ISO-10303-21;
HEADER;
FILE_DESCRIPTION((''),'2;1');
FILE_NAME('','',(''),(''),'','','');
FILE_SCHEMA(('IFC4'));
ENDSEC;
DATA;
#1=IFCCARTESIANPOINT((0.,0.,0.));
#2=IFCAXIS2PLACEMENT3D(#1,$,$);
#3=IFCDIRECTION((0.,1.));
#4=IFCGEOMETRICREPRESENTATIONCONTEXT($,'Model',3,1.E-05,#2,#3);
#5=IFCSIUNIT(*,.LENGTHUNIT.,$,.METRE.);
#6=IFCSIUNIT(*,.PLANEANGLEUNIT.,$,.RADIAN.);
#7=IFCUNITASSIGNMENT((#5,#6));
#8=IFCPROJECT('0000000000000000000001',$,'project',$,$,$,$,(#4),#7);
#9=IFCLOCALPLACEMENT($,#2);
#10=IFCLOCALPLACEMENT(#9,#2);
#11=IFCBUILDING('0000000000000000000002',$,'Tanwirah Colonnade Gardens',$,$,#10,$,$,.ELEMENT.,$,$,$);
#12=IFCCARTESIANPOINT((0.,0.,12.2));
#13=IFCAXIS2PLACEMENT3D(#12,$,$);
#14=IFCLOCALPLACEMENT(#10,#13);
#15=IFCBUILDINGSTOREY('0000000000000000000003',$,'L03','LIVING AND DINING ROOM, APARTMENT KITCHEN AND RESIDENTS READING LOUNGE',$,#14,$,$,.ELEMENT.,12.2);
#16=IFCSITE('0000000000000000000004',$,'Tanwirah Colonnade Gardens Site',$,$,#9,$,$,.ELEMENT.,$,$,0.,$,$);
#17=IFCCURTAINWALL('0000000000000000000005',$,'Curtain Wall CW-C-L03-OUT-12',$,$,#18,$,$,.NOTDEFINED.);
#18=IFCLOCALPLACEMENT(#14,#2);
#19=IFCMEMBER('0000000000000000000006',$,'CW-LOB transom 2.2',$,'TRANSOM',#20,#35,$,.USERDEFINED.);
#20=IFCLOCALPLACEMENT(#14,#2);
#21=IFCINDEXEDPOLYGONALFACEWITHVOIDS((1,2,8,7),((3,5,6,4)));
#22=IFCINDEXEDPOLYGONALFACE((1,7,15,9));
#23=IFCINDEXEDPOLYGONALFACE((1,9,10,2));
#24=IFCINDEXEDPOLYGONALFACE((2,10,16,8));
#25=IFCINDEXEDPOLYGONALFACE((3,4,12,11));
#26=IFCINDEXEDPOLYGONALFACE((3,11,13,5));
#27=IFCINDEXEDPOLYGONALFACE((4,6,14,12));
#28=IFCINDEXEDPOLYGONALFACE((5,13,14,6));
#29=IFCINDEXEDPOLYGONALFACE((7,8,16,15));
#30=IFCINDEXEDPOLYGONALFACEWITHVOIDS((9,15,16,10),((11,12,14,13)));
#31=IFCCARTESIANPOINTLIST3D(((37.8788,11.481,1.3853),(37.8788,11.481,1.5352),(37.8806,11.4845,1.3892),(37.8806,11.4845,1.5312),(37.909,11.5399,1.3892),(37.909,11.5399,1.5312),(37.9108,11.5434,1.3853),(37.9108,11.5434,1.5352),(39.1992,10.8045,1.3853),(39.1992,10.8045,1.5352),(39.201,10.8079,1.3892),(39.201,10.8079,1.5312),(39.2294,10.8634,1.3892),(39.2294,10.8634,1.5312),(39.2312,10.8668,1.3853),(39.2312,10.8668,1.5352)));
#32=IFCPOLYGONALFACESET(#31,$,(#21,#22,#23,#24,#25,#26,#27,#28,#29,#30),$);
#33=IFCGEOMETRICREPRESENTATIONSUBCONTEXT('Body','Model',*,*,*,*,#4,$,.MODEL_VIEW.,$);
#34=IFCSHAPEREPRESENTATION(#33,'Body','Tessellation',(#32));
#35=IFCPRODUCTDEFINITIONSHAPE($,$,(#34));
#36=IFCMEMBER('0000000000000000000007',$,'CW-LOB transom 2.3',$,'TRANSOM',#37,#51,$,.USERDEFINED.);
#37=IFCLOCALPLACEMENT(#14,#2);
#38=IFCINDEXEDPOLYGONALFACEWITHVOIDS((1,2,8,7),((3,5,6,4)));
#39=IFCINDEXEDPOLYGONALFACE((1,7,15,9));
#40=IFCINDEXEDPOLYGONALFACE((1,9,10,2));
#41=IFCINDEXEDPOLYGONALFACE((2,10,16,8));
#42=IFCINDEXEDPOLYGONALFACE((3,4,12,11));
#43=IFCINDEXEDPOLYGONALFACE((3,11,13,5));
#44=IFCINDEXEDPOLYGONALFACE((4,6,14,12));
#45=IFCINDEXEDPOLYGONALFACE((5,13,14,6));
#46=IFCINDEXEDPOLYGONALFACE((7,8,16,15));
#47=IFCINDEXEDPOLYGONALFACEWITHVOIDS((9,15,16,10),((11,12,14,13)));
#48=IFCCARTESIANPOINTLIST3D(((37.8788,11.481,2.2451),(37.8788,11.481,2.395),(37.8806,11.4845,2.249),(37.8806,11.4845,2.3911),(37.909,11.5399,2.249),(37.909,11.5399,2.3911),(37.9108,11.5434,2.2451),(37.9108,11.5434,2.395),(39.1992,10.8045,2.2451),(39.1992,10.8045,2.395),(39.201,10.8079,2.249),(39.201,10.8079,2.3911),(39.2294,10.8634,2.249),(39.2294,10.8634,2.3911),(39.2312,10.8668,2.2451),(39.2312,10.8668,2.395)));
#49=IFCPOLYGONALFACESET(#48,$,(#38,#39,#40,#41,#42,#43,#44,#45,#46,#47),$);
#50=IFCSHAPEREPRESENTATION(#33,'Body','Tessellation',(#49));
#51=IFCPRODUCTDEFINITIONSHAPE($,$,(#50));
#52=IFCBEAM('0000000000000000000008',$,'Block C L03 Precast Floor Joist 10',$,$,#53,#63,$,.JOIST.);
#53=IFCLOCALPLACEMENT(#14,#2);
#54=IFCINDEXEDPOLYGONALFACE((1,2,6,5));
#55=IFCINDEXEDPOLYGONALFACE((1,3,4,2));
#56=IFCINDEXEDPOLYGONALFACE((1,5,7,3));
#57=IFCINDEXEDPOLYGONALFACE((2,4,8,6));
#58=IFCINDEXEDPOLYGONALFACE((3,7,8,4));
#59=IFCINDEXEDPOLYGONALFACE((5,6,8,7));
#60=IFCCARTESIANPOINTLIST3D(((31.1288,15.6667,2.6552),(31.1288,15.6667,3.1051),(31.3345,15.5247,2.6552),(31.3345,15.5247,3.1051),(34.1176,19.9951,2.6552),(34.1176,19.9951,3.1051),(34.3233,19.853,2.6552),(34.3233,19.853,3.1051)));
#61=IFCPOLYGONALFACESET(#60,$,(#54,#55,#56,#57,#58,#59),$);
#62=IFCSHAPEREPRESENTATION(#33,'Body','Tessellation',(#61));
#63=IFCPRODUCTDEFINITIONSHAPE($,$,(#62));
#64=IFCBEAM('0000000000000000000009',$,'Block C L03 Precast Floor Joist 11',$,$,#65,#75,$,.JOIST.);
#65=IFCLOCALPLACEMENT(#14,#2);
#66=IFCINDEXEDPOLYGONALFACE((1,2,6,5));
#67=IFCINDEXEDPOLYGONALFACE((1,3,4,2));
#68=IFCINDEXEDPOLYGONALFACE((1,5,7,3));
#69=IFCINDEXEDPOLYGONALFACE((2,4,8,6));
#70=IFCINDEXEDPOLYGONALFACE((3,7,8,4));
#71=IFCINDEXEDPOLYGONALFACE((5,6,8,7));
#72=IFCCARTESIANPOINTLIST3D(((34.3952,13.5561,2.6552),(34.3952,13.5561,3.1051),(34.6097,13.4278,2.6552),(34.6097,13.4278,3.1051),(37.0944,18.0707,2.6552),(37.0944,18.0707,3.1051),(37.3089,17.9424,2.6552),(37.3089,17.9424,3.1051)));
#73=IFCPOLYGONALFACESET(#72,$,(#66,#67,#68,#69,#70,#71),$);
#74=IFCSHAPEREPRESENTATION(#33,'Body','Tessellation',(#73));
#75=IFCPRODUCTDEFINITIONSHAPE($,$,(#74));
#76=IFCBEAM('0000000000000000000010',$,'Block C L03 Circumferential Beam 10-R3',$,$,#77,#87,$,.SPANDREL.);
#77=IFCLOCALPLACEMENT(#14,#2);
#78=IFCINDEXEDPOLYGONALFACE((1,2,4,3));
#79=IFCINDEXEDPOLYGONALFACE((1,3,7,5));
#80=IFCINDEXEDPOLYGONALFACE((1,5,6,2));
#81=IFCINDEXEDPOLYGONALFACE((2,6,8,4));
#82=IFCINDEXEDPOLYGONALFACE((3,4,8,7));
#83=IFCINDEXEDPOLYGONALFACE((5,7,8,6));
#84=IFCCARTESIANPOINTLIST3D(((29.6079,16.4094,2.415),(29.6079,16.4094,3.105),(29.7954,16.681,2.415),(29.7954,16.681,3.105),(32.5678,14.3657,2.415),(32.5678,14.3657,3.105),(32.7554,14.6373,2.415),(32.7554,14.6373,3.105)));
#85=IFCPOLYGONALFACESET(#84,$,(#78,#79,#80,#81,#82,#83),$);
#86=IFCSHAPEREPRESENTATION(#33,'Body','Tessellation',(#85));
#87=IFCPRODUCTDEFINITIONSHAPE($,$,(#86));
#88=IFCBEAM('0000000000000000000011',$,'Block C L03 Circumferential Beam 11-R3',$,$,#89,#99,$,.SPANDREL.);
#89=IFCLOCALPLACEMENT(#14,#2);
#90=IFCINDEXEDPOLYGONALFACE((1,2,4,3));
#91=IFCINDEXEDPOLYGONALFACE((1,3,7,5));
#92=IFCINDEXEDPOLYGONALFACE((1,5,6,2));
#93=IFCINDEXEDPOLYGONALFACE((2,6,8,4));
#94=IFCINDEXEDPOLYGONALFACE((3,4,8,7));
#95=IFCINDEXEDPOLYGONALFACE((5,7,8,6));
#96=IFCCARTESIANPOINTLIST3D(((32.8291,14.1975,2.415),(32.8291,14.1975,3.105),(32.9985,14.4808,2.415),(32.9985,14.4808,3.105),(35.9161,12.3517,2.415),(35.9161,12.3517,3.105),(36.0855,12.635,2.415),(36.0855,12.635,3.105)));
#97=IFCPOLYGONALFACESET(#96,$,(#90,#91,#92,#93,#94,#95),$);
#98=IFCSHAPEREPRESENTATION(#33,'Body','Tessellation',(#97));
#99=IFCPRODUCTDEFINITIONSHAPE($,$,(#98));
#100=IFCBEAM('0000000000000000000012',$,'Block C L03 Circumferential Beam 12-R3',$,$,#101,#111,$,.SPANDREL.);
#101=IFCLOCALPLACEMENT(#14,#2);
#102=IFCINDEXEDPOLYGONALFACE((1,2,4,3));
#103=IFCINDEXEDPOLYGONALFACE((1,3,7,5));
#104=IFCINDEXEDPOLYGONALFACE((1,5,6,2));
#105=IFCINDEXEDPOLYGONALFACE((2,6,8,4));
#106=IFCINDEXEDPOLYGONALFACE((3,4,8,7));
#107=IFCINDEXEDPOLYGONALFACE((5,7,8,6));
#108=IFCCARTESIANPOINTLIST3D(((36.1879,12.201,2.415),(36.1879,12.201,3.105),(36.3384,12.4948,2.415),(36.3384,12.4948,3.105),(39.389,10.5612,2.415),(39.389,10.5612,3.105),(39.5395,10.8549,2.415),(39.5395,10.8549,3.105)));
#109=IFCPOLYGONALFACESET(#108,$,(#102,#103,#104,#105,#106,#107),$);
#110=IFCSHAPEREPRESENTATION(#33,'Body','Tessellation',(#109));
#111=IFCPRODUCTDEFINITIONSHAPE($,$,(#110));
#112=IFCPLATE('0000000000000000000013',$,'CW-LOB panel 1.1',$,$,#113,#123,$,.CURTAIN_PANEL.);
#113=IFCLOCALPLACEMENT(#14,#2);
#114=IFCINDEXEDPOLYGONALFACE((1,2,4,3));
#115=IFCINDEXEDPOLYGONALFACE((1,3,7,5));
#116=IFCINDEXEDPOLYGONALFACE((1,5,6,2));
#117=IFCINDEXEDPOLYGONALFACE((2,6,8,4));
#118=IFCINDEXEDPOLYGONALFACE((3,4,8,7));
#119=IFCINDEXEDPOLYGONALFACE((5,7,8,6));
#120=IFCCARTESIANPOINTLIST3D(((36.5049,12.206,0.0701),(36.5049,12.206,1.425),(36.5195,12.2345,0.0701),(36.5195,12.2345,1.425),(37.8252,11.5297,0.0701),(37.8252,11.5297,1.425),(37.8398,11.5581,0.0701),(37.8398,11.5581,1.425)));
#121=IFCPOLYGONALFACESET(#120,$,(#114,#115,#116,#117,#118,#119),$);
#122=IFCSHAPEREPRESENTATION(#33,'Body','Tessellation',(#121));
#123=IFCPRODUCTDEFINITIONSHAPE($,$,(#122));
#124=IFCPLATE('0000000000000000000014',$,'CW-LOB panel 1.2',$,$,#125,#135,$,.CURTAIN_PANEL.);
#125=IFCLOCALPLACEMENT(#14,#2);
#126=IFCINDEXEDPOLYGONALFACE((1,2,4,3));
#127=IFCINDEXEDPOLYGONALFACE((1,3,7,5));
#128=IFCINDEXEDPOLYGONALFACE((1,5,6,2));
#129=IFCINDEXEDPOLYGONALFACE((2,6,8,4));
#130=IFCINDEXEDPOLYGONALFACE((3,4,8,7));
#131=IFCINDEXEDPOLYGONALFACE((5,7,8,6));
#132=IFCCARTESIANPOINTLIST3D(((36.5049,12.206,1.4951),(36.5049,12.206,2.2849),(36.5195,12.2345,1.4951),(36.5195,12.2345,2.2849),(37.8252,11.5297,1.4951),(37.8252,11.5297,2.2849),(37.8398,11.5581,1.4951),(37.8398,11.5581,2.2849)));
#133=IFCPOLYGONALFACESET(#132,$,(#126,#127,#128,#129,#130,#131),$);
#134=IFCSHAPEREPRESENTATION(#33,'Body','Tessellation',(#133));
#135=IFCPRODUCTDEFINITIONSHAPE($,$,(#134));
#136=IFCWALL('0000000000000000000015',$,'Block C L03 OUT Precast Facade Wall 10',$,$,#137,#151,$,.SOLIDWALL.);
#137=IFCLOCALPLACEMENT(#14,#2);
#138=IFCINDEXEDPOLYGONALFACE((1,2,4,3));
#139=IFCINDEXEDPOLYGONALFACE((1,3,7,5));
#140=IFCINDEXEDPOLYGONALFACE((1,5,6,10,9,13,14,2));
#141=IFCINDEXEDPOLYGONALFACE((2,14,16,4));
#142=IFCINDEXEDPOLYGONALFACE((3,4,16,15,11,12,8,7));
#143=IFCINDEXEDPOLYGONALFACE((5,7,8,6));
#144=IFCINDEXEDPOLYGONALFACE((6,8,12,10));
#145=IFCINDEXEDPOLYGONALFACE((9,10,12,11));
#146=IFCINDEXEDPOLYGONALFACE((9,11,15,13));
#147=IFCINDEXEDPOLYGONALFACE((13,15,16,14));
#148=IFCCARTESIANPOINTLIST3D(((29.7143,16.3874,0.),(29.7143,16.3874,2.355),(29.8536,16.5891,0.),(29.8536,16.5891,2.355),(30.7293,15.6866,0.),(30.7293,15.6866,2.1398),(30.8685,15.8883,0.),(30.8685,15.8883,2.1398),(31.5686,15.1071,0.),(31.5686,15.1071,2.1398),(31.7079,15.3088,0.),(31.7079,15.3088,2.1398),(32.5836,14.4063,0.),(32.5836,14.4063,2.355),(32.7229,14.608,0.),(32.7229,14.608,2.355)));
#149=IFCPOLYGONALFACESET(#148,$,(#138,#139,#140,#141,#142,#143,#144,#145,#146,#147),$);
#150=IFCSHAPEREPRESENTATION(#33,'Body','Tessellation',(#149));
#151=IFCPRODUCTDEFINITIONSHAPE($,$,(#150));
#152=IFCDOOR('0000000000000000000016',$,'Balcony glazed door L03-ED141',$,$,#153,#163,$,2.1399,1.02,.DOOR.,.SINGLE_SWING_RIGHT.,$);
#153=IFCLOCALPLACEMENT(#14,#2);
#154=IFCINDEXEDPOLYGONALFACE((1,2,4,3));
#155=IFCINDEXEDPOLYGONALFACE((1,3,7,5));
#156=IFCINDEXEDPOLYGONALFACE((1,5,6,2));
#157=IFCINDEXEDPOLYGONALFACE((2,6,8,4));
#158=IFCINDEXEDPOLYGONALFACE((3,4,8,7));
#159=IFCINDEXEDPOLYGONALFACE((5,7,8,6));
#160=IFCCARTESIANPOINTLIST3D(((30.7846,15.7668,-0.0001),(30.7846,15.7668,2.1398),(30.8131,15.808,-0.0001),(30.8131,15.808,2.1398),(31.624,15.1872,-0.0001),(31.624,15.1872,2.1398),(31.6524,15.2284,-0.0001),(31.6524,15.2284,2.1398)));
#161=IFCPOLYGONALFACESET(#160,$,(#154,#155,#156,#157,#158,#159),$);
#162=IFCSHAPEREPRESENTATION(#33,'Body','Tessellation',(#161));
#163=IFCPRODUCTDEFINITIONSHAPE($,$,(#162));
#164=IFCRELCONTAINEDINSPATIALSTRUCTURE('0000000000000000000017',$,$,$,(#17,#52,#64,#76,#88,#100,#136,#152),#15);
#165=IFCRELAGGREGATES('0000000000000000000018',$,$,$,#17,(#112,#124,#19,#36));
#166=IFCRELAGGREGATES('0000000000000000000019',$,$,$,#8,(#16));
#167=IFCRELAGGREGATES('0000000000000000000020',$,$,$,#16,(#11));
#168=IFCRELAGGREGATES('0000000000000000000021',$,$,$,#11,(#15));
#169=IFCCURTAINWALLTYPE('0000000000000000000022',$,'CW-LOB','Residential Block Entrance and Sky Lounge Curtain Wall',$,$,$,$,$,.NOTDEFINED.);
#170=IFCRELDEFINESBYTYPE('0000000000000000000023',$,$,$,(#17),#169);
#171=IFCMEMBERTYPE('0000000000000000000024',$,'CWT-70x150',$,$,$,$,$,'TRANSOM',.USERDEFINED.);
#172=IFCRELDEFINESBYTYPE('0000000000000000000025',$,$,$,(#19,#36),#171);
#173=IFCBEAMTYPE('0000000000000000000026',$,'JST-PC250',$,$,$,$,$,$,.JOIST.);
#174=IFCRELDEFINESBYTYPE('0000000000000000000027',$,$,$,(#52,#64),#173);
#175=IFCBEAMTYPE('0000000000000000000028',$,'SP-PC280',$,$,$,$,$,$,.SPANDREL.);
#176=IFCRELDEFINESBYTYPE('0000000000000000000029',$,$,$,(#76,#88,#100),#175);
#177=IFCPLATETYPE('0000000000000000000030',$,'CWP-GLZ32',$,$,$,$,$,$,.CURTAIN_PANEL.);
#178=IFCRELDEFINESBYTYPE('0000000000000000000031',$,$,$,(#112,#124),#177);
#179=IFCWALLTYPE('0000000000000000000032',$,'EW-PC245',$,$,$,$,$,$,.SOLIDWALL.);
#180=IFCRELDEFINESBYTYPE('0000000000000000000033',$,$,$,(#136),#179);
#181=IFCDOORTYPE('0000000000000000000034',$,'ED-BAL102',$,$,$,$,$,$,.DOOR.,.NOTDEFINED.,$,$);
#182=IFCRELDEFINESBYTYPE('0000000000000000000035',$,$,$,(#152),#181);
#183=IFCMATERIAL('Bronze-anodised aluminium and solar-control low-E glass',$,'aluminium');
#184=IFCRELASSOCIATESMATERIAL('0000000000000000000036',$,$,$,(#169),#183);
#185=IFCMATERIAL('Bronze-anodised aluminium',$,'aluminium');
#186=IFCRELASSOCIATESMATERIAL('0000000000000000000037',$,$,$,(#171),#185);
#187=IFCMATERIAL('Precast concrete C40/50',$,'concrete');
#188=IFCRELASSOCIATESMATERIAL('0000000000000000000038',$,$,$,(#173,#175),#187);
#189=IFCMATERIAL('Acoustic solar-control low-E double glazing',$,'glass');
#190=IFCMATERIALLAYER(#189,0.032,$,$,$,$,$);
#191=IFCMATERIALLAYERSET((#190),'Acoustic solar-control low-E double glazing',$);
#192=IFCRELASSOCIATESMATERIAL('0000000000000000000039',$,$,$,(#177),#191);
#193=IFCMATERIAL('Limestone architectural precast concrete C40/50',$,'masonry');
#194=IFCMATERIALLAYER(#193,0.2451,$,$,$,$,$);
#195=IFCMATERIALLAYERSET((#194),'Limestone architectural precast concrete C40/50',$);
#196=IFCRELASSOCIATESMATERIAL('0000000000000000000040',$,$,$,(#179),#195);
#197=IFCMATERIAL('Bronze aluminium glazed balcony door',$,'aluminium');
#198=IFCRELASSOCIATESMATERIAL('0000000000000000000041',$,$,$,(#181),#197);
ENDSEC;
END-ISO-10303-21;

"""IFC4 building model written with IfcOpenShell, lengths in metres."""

from ifc_helpers import new_model, si_unit, direction, frame, frame_2d, origin, origin_2d, place, context, subcontext, project, spatial, rectangle, hollow_rectangle, extrude, material, layer, layer_set, material_profile, profile_set, type_object, element, fill, aggregate, save


model = new_model("IFC4")

# Units and contexts
model_context = context("Model", 3, precision=1e-05, world=origin(), true_north=direction((0.0, 1.0)))
body_context = subcontext(model_context, "Body", "Model", "MODEL_VIEW")
ifc_project = project(units=[si_unit("LENGTHUNIT", "METRE"), si_unit("PLANEANGLEUNIT", "RADIAN")], contexts=[model_context])

# Site, building, storey
site_placement = place(None, origin())
site = spatial("IfcSite", under=ifc_project, at=site_placement, Name="Tanwirah Colonnade Gardens Site", CompositionType="ELEMENT", RefElevation=0.0)
building_placement = place(site_placement, origin())
building = spatial("IfcBuilding", under=site, at=building_placement, Name="Tanwirah Colonnade Gardens", CompositionType="ELEMENT")
storey_placement = place(building_placement, frame((0.0, 0.0, 12.2)))
storey = spatial("IfcBuildingStorey", under=building, at=storey_placement, Name="L03", Description="LIVING AND DINING ROOM, APARTMENT KITCHEN AND RESIDENTS READING LOUNGE", CompositionType="ELEMENT", Elevation=12.2)

# Shared definitions
ifc_material_1 = material(Name="Precast concrete C40/50", Category="concrete")

# Curtain wall, members
ifc_material_2 = material(Name="Bronze-anodised aluminium and solar-control low-E glass", Category="aluminium")
curtain_wall_type = type_object("IfcCurtainWallType", Name="CW-LOB", Description="Residential Block Entrance and Sky Lounge Curtain Wall", PredefinedType="NOTDEFINED", material=ifc_material_2)
curtain_wall_placement = place(storey_placement, origin())
curtain_wall = element("IfcCurtainWall", 1, at=curtain_wall_placement, inside=storey, type_object=curtain_wall_type, Name="Curtain Wall CW-C-L03-OUT-12", PredefinedType="NOTDEFINED")
ifc_material_3 = material(Name="Bronze-anodised aluminium", Category="aluminium")
ifc_material_profile_1 = material_profile(ifc_material_3, hollow_rectangle(XDim=0.0701, YDim=0.1499, WallThickness=0.0039, at=origin_2d()), Name="CW-TRN 70x150x4")
ifc_profile_set_1 = profile_set([ifc_material_profile_1], Name="Bronze-anodised aluminium")
member_type_1 = type_object("IfcMemberType", Name="CWT-70x150", ElementType="TRANSOM", PredefinedType="USERDEFINED", material=ifc_profile_set_1)
member_1_placement = place(storey_placement, frame((37.8948, 11.5122, 1.4602), z_axis=(0.889973, -0.456013, 0.0), x_axis=(0.456013, 0.889973, 0.0)))
member_1 = element("IfcMember", 2, at=member_1_placement, type_object=member_type_1, Name="CW-LOB transom 2.2", ObjectType="TRANSOM", PredefinedType="USERDEFINED", context=body_context, shape_type="SweptSolid", body=[
    extrude(hollow_rectangle(XDim=0.0701, YDim=0.1499, WallThickness=0.0039, at=origin_2d()), origin(), (0.0, 0.0, 1.0), 1.4836),
])
member_2_placement = place(storey_placement, frame((37.8948, 11.5122, 2.3201), z_axis=(0.889973, -0.456013, 0.0), x_axis=(0.456013, 0.889973, 0.0)))
member_2 = element("IfcMember", 3, at=member_2_placement, type_object=member_type_1, Name="CW-LOB transom 2.3", ObjectType="TRANSOM", PredefinedType="USERDEFINED", context=body_context, shape_type="SweptSolid", body=[
    extrude(hollow_rectangle(XDim=0.0701, YDim=0.1499, WallThickness=0.0039, at=origin_2d()), origin(), (0.0, 0.0, 1.0), 1.4836),
])

# Beams
ifc_material_profile_2 = material_profile(ifc_material_1, rectangle(XDim=0.25, YDim=0.45, at=origin_2d()), Name="PC-JST 250x450")
ifc_profile_set_2 = profile_set([ifc_material_profile_2], Name="Precast concrete C40/50")
beam_type_1 = type_object("IfcBeamType", Name="JST-PC250", PredefinedType="JOIST", material=ifc_profile_set_2)
for number, where, z_axis, x_axis, name in (
    (4, (34.2205, 19.9241, 2.8801), (-0.568208, -0.822885, 0.0), (0.822885, -0.568208, 0.0), "Block C L03 Precast Floor Joist 10"),
    (5, (37.2017, 18.0066, 2.8801), (-0.513157, -0.858295, 0.0), (0.858295, -0.513157, 0.0), "Block C L03 Precast Floor Joist 11"),
):
    element("IfcBeam", number, at=place(storey_placement, frame(where, z_axis=z_axis, x_axis=x_axis)), inside=storey, type_object=beam_type_1, Name=name, PredefinedType="JOIST", context=body_context, shape_type="SweptSolid", body=[
        extrude(rectangle(XDim=0.25, YDim=0.45, at=origin_2d()), origin(), (0.0, 0.0, 1.0), 5.26),
    ])
ifc_material_profile_3 = material_profile(ifc_material_1, rectangle(XDim=0.3301, YDim=0.6899, at=origin_2d()), Name="PC-SP 330x690")
ifc_profile_set_3 = profile_set([ifc_material_profile_3], Name="Precast concrete C40/50")
beam_type_2 = type_object("IfcBeamType", Name="SP-PC280", PredefinedType="SPANDREL", material=ifc_profile_set_3)
beam_1_placement = place(storey_placement, frame((29.7017, 16.5452, 2.76), z_axis=(0.822907, -0.568175, 0.0), x_axis=(0.568175, 0.822907, 0.0)))
element("IfcBeam", 6, at=beam_1_placement, inside=storey, type_object=beam_type_2, Name="Block C L03 Circumferential Beam 10-R3", PredefinedType="SPANDREL", context=body_context, shape_type="SweptSolid", body=[
    extrude(rectangle(XDim=0.3301, YDim=0.6899, at=origin_2d()), origin(), (0.0, 0.0, 1.0), 3.5969),
])
for number, where, z_axis, x_axis, name in (
    (7, (32.9138, 14.3391, 2.76), (0.858283, -0.513177, 0.0), (0.513177, 0.858283, 0.0), "Block C L03 Circumferential Beam 11-R3"),
    (8, (36.2632, 12.3479, 2.76), (0.890013, -0.455935, 0.0), (0.455935, 0.890013, 0.0), "Block C L03 Circumferential Beam 12-R3"),
):
    element("IfcBeam", number, at=place(storey_placement, frame(where, z_axis=z_axis, x_axis=x_axis)), inside=storey, type_object=beam_type_2, Name=name, PredefinedType="SPANDREL", context=body_context, shape_type="SweptSolid", body=[
        extrude(rectangle(XDim=0.3301, YDim=0.6899, at=origin_2d()), origin(), (0.0, 0.0, 1.0), 3.5967),
    ])

# Plates
ifc_material_4 = material(Name="Acoustic solar-control low-E double glazing", Category="glass")
ifc_layer_1 = layer(ifc_material_4, 0.032)
ifc_layer_set_1 = layer_set([ifc_layer_1], Name="Acoustic solar-control low-E double glazing")
plate_type = type_object("IfcPlateType", Name="CWP-GLZ32", PredefinedType="CURTAIN_PANEL", material=ifc_layer_set_1)
plate_1_placement = place(storey_placement, frame((37.1724, 11.8821, 0.0701), z_axis=(0.0, 0.0, 1.0), x_axis=(0.890014, -0.455933, 0.0)))
plate_1 = element("IfcPlate", 9, at=plate_1_placement, type_object=plate_type, Name="CW-LOB panel 1.1", PredefinedType="CURTAIN_PANEL", context=body_context, shape_type="SweptSolid", body=[
    extrude(rectangle(XDim=1.4834, YDim=0.032, at=origin_2d()), origin(), (0.0, 0.0, 1.0), 1.355),
])
plate_2_placement = place(storey_placement, frame((37.1724, 11.8821, 1.4951), z_axis=(0.0, 0.0, 1.0), x_axis=(0.890014, -0.455933, 0.0)))
plate_2 = element("IfcPlate", 10, at=plate_2_placement, type_object=plate_type, Name="CW-LOB panel 1.2", PredefinedType="CURTAIN_PANEL", context=body_context, shape_type="SweptSolid", body=[
    extrude(rectangle(XDim=1.4834, YDim=0.032, at=origin_2d()), origin(), (0.0, 0.0, 1.0), 0.7898),
])
aggregate(curtain_wall, [plate_1, plate_2, member_1, member_2])

# Wall, opening, door
ifc_material_5 = material(Name="Limestone architectural precast concrete C40/50", Category="masonry")
ifc_layer_2 = layer(ifc_material_5, 0.2451)
ifc_layer_set_2 = layer_set([ifc_layer_2], Name="Limestone architectural precast concrete C40/50")
wall_type_1 = type_object("IfcWallType", Name="EW-PC245", PredefinedType="SOLIDWALL", material=ifc_layer_set_2)
wall_1_placement = place(storey_placement, frame((29.7839, 16.4883, 0.0), z_axis=(0.0, 0.0, 1.0), x_axis=(0.822902, -0.568183, 0.0)))
wall_1 = element("IfcWall", 11, at=wall_1_placement, inside=storey, type_object=wall_type_1, Name="Block C L03 OUT Precast Facade Wall 10", PredefinedType="SOLIDWALL", context=body_context, shape_type="SweptSolid", body=[
    extrude(rectangle(XDim=3.4868, YDim=0.2451, at=frame_2d((1.7434, 0.0))), origin(), (0.0, 0.0, 1.0), 2.355),
])
opening_1_placement = place(wall_1_placement, frame((1.2334, 0.0, 0.0)))
opening_1 = element("IfcOpeningElement", 12, at=opening_1_placement, cuts=wall_1, PredefinedType="OPENING", context=body_context, shape_type="SweptSolid", body=[
    extrude(rectangle(XDim=1.02, YDim=2.1399, at=frame_2d((0.51, 1.0698))), frame((0.0, 0.1326, 0.0), z_axis=(0.0, -1.0, 0.0), x_axis=(1.0, 0.0, 0.0)), (0.0, 0.0, 1.0), 0.2651),
])
ifc_material_6 = material(Name="Bronze aluminium glazed balcony door", Category="aluminium")
door_type_1 = type_object("IfcDoorType", Name="ED-BAL102", OperationType="NOTDEFINED", PredefinedType="DOOR", material=ifc_material_6)
door_1_placement = place(opening_1_placement, origin())
door_1 = element("IfcDoor", 13, at=door_1_placement, inside=storey, type_object=door_type_1, Name="Balcony glazed door L03-ED141", OperationType="SINGLE_SWING_RIGHT", OverallHeight=2.1399, OverallWidth=1.02, PredefinedType="DOOR", context=body_context, shape_type="SweptSolid", body=[
    extrude(rectangle(XDim=1.02, YDim=2.1399, at=frame_2d((0.51, 1.0698))), frame((0.0, 0.0249, 0.0), z_axis=(0.0, -1.0, 0.0), x_axis=(1.0, 0.0, 0.0)), (0.0, 0.0, 1.0), 0.05),
])
fill(opening_1, door_1)

save(model, "model.ifc")
